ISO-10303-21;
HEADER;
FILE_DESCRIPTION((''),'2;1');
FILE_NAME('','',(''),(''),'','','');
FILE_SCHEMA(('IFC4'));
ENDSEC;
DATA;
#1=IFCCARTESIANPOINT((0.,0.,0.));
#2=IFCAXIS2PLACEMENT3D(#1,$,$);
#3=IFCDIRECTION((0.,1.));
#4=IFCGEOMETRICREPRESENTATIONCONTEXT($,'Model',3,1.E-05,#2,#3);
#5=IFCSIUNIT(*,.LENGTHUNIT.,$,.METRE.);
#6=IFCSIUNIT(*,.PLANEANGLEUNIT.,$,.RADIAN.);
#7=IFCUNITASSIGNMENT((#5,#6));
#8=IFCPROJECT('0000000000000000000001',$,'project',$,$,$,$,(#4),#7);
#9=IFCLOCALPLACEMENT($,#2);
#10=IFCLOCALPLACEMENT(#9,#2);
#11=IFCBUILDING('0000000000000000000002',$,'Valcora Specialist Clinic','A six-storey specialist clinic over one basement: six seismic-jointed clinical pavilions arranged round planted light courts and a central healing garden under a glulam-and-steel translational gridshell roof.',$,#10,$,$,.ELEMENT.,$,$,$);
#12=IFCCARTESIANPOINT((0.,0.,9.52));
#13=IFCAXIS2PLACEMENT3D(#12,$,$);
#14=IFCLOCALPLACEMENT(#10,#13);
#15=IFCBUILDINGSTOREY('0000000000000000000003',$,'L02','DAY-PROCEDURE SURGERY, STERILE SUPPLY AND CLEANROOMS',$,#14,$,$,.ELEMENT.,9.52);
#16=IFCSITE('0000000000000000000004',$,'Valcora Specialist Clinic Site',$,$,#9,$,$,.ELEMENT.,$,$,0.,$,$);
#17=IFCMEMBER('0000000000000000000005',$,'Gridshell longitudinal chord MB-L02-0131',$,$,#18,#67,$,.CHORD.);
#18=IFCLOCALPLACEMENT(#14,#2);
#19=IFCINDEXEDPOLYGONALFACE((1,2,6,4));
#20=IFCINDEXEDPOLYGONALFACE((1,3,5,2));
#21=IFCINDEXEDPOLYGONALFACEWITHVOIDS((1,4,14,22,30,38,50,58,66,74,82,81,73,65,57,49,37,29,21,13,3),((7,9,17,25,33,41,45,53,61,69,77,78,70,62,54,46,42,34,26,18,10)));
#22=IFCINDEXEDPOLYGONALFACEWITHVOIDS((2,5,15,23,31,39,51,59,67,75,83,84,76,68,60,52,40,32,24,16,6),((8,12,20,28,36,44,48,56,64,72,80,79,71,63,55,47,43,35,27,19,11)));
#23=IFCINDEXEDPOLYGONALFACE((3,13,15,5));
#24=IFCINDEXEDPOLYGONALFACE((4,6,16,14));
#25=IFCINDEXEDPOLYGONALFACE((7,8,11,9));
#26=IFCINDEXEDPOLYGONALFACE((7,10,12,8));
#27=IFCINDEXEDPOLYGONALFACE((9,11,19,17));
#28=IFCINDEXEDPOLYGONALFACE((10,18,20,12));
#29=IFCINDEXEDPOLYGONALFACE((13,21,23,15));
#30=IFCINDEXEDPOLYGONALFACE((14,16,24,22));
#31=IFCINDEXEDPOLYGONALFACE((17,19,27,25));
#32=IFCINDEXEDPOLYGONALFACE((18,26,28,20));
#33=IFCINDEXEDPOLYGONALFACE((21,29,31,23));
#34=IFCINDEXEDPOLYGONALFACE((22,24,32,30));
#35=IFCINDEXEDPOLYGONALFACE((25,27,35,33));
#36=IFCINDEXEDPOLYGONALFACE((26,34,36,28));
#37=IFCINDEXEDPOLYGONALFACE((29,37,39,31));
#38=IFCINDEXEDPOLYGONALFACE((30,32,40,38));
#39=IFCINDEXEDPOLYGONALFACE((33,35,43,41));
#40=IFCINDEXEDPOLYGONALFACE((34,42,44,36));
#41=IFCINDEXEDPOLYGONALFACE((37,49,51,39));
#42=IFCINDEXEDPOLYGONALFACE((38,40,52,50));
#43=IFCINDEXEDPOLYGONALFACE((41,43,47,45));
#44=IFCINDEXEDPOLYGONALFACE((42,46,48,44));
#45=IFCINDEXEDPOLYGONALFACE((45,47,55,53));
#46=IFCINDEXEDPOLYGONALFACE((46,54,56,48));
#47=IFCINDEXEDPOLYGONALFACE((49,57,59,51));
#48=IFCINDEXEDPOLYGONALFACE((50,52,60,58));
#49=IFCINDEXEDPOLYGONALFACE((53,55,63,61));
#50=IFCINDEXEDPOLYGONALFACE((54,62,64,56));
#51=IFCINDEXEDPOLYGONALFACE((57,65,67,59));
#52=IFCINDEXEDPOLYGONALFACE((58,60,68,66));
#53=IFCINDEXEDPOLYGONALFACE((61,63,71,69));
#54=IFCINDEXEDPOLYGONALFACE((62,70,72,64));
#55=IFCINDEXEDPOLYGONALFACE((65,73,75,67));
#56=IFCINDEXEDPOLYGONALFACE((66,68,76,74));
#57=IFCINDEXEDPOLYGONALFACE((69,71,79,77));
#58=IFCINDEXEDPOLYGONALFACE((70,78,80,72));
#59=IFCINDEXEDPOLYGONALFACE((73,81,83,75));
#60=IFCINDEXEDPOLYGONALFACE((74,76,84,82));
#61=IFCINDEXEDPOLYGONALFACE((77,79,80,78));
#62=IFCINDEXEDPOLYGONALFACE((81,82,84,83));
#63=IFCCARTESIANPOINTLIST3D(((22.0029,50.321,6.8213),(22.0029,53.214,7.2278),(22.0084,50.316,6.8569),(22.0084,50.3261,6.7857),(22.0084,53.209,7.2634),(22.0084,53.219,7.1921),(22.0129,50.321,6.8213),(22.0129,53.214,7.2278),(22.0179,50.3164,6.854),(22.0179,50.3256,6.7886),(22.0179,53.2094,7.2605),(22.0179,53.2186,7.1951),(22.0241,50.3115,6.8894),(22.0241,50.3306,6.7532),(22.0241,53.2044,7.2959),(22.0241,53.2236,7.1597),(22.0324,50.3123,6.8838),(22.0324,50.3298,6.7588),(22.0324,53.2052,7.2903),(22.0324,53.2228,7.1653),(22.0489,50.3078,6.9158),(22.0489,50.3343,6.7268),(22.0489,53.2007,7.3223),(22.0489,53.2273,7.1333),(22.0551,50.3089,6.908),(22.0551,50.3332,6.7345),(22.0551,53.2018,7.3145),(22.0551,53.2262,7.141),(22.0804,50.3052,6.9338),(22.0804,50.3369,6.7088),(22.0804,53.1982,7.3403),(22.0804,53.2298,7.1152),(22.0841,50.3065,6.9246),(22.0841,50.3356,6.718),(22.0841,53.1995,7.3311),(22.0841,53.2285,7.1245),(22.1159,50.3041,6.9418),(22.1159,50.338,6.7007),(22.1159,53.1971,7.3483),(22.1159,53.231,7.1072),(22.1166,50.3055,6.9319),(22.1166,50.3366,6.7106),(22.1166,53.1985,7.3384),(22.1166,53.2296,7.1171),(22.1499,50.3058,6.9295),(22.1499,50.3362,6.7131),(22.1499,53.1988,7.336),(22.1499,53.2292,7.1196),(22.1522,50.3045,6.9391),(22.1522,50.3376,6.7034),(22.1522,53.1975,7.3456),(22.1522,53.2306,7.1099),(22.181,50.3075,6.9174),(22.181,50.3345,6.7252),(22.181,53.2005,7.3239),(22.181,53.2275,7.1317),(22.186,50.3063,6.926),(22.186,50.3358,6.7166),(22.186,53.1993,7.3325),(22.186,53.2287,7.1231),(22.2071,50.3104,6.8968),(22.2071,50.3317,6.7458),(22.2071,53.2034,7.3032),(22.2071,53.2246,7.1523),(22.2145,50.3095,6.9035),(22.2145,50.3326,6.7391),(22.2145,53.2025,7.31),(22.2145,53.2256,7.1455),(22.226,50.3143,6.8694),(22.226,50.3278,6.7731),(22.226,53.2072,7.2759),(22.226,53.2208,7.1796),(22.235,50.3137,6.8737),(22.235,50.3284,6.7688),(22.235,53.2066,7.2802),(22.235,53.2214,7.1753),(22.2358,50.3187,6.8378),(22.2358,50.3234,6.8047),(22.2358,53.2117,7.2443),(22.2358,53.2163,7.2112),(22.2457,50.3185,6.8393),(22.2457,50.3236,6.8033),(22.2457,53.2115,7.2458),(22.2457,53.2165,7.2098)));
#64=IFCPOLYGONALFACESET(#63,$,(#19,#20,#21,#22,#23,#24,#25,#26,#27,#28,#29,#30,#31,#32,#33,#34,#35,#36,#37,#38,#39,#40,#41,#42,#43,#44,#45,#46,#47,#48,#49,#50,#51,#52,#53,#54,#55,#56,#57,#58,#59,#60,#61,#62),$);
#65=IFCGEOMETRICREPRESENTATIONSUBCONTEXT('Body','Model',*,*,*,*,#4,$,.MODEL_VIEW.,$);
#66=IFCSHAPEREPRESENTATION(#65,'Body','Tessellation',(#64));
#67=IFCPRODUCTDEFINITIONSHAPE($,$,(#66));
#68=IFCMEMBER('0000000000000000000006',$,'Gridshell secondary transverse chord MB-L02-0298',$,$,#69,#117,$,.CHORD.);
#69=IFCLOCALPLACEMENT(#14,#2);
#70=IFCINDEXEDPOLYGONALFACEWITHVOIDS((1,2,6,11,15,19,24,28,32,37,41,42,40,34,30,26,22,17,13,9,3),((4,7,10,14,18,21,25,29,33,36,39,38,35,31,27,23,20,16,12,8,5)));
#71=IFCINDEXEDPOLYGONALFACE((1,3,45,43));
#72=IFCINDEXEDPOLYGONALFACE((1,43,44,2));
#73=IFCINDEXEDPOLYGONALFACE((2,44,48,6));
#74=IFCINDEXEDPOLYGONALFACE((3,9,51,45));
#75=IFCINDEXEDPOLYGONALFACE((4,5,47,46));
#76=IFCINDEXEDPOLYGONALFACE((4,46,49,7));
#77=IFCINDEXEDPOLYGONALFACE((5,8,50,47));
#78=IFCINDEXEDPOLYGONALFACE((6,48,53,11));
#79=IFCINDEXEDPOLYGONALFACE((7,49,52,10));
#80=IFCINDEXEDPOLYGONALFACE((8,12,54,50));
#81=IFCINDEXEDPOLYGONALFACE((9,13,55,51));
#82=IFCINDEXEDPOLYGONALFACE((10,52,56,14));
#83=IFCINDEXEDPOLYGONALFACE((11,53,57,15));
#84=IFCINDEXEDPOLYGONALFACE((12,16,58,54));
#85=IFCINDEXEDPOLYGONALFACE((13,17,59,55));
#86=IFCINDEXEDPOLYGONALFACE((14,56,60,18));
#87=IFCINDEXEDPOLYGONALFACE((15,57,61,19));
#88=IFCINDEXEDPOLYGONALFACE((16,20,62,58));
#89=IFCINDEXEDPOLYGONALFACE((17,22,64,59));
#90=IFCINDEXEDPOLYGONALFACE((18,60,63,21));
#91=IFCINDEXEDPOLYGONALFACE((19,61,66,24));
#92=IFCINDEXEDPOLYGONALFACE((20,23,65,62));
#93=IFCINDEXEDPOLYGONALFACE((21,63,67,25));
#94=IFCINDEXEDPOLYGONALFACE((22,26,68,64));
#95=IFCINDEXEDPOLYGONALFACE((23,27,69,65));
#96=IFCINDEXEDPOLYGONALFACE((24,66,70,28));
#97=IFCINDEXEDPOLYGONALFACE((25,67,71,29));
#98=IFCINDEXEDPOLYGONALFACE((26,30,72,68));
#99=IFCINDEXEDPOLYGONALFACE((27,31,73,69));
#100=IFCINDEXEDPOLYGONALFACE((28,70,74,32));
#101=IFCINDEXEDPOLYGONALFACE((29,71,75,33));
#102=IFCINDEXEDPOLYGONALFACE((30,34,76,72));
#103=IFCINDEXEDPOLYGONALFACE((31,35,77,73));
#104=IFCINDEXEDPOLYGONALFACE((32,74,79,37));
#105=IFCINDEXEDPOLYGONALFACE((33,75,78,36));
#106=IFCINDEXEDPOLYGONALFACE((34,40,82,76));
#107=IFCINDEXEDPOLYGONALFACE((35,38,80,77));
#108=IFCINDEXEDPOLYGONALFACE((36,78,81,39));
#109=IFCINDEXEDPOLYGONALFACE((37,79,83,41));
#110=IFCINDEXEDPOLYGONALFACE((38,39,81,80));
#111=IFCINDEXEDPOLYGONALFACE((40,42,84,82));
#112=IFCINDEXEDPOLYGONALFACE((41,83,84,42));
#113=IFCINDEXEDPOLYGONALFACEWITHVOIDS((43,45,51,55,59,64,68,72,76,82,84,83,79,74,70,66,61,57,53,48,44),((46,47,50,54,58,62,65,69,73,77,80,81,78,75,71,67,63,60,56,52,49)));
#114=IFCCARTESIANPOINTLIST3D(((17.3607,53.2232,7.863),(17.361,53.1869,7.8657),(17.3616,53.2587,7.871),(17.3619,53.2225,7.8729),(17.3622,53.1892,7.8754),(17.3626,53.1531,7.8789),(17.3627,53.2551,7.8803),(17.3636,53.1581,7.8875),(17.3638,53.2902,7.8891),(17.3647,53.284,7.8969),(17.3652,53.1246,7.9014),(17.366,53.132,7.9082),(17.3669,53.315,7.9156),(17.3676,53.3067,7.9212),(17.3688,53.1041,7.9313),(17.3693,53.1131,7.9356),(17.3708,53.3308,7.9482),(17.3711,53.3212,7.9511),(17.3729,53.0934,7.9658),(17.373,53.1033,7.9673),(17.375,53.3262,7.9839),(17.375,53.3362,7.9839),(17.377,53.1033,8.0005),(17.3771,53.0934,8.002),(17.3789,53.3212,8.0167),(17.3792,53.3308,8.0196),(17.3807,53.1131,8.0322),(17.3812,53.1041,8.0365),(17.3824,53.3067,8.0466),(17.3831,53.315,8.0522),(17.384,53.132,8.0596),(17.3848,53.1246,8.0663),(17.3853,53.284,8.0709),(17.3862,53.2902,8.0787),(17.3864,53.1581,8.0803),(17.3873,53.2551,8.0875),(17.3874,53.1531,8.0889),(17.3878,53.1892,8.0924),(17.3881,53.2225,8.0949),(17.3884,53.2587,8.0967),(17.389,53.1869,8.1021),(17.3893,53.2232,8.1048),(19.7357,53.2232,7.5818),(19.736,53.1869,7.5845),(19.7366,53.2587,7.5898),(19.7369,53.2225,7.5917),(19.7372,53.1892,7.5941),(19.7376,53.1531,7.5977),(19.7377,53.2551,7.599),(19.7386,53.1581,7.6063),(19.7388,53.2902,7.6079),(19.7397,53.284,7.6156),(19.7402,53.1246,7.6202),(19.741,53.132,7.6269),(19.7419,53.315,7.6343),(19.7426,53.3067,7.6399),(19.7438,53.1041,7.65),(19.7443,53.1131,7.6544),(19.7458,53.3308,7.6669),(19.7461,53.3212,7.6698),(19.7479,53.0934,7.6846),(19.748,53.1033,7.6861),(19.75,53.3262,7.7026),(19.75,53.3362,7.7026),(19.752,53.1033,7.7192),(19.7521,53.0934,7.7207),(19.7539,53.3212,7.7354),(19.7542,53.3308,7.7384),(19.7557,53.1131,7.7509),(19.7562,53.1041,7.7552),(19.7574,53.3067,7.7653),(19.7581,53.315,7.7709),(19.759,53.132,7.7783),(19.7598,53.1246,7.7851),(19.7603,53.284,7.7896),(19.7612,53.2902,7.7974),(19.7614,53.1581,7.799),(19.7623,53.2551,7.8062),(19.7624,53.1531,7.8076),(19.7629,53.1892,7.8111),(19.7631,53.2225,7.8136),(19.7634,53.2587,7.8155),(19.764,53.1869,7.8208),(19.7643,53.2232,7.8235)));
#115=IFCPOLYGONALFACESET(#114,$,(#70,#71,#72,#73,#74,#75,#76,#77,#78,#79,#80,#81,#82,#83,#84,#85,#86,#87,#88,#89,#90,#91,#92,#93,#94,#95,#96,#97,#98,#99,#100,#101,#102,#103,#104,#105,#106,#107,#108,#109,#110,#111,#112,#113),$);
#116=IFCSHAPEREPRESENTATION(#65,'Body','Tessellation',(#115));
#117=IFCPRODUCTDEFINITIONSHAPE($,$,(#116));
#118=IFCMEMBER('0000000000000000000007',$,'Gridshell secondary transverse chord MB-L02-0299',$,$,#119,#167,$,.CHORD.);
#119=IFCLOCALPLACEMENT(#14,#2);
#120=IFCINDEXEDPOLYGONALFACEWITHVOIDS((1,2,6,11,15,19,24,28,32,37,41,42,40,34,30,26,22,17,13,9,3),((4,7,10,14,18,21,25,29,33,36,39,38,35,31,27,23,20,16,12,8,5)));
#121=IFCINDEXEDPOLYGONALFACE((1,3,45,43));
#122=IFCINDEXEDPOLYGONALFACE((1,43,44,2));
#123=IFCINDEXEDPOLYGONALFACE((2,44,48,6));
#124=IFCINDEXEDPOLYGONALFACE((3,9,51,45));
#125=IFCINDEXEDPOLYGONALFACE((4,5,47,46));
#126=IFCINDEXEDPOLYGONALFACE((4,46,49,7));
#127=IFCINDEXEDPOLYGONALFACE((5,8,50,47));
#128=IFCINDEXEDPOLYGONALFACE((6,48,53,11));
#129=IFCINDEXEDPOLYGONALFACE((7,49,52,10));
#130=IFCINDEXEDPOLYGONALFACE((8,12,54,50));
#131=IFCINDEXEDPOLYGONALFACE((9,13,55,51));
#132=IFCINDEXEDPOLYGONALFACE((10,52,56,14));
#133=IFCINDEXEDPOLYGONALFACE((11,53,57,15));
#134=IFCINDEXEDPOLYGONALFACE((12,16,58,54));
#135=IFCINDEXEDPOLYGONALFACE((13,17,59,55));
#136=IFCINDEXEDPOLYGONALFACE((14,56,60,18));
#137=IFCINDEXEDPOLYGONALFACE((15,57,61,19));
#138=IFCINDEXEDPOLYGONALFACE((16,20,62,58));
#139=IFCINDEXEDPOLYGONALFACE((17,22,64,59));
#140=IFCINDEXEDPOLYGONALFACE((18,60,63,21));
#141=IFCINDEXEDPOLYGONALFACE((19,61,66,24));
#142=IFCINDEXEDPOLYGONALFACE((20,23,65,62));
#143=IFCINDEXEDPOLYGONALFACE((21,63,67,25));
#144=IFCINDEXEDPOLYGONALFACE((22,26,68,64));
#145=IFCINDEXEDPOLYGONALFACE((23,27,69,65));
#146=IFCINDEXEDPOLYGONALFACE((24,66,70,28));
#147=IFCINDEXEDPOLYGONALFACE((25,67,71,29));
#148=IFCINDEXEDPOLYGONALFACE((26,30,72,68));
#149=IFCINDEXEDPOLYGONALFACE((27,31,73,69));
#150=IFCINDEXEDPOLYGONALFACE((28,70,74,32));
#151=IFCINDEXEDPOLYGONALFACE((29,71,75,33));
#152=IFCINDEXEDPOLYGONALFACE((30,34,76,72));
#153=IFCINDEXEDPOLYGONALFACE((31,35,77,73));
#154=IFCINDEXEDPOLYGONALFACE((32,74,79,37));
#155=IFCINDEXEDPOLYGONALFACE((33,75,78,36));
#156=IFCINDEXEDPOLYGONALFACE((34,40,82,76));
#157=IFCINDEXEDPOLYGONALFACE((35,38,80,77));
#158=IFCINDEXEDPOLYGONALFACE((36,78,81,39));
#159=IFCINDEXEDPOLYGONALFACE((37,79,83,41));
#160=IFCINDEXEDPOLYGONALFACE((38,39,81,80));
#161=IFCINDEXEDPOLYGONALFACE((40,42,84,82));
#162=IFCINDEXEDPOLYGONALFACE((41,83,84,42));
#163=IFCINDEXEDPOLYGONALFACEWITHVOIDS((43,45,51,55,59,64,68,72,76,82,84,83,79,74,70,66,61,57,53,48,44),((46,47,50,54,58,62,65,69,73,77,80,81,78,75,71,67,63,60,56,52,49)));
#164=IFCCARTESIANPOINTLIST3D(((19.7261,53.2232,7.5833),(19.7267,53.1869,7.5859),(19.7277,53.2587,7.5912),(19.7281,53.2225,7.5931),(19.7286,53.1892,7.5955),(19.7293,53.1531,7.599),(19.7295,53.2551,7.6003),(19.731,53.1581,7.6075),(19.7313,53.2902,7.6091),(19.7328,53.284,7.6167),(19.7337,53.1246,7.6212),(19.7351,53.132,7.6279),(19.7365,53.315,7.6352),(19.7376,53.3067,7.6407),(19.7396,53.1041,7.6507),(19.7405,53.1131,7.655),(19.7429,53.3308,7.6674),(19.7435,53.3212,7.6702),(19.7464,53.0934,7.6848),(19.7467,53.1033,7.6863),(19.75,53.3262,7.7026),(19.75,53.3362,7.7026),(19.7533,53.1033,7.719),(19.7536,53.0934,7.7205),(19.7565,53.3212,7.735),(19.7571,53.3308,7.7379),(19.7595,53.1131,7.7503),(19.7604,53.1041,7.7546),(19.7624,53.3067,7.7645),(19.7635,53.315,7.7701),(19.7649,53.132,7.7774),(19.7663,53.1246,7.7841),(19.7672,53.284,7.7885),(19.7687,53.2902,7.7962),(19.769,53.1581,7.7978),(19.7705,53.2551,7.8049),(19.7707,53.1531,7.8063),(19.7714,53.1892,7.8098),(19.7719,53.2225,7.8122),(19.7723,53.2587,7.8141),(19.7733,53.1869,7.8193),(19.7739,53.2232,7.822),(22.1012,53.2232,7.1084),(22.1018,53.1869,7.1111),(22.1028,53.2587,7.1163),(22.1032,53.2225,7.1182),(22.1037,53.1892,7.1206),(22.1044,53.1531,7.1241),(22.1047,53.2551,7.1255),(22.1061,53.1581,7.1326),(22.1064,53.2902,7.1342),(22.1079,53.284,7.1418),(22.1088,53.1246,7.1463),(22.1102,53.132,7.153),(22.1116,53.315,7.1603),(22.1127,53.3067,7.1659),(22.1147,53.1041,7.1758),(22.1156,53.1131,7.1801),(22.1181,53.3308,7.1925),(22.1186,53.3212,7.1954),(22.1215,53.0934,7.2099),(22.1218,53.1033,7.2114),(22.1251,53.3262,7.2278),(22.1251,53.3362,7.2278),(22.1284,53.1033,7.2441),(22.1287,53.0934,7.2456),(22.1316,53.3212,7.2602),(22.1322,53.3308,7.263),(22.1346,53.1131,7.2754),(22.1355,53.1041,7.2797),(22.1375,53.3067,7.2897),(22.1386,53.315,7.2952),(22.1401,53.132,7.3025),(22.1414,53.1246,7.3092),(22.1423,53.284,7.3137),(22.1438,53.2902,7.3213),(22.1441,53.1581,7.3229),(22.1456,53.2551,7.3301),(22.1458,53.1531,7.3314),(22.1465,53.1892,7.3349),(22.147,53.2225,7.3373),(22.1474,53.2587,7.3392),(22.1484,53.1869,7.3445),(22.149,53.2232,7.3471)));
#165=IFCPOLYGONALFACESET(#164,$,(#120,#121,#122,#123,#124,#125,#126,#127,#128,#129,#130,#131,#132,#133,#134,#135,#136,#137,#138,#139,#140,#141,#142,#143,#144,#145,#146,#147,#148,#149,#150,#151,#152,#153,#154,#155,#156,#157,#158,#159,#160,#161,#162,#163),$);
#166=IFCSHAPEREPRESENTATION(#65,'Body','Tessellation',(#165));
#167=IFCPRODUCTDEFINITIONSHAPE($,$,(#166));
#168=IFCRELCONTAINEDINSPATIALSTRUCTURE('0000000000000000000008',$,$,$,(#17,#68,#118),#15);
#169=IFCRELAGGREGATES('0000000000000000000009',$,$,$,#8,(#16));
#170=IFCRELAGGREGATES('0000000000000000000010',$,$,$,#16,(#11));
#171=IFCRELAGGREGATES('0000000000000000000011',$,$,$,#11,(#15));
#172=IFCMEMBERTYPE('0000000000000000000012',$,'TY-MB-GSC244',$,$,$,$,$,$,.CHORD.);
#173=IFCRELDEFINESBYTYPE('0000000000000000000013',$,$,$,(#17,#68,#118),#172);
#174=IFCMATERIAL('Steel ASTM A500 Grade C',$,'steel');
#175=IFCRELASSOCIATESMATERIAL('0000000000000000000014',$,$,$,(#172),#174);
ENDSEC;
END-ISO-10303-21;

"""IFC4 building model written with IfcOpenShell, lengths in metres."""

from ifc_helpers import new_model, si_unit, direction, frame, origin, origin_2d, place, context, subcontext, project, spatial, hollow_circle, extrude, material, material_profile, profile_set, type_object, element, save


model = new_model("IFC4")

# Units and contexts
model_context = context("Model", 3, precision=1e-05, world=origin(), true_north=direction((0.0, 1.0)))
body_context = subcontext(model_context, "Body", "Model", "MODEL_VIEW")
ifc_project = project(units=[si_unit("LENGTHUNIT", "METRE"), si_unit("PLANEANGLEUNIT", "RADIAN")], contexts=[model_context])

# Site, building, storey
site_placement = place(None, origin())
site = spatial("IfcSite", under=ifc_project, at=site_placement, Name="Valcora Specialist Clinic Site", CompositionType="ELEMENT", RefElevation=0.0)
building_placement = place(site_placement, origin())
building = spatial("IfcBuilding", under=site, at=building_placement, Name="Valcora Specialist Clinic", Description="A six-storey specialist clinic over one basement: six seismic-jointed clinical pavilions arranged round planted light courts and a central healing garden under a glulam-and-steel translational gridshell roof.", CompositionType="ELEMENT")
storey_placement = place(building_placement, frame((0.0, 0.0, 9.52)))
storey = spatial("IfcBuildingStorey", under=building, at=storey_placement, Name="L02", Description="DAY-PROCEDURE SURGERY, STERILE SUPPLY AND CLEANROOMS", CompositionType="ELEMENT", Elevation=9.52)

# Members
ifc_material_1 = material(Name="Steel ASTM A500 Grade C", Category="steel")
ifc_material_profile_1 = material_profile(ifc_material_1, hollow_circle(Radius=0.1221, WallThickness=0.01, at=origin_2d()), Name="ST-CHS-244X10")
ifc_profile_set_1 = profile_set([ifc_material_profile_1], Name="Steel ASTM A500 Grade C")
member_type_1 = type_object("IfcMemberType", Name="TY-MB-GSC244", PredefinedType="CHORD", material=ifc_profile_set_1)
member_1_placement = place(storey_placement, frame((22.125, 50.321, 6.8213), z_axis=(0.0, 0.990273, 0.13914), x_axis=(-1.0, 0.0, 0.0)))
element("IfcMember", 1, at=member_1_placement, inside=storey, type_object=member_type_1, Name="Gridshell longitudinal chord MB-L02-0131", PredefinedType="CHORD", context=body_context, shape_type="SweptSolid", body=[
    extrude(hollow_circle(Radius=0.1221, WallThickness=0.01, at=origin_2d()), origin(), (0.0, 0.0, 1.0), 2.9214),
])
member_2_placement = place(storey_placement, frame((17.375, 53.2141, 7.9839), z_axis=(0.993061, 0.0, -0.117599), x_axis=(0.0, 1.0, 0.0)))
element("IfcMember", 2, at=member_2_placement, inside=storey, type_object=member_type_1, Name="Gridshell secondary transverse chord MB-L02-0298", PredefinedType="CHORD", context=body_context, shape_type="SweptSolid", body=[
    extrude(hollow_circle(Radius=0.1221, WallThickness=0.01, at=origin_2d()), origin(), (0.0, 0.0, 1.0), 2.3916),
])
member_3_placement = place(storey_placement, frame((19.75, 53.2141, 7.7026), z_axis=(0.980592, 0.0, -0.196058), x_axis=(0.0, 1.0, 0.0)))
element("IfcMember", 3, at=member_3_placement, inside=storey, type_object=member_type_1, Name="Gridshell secondary transverse chord MB-L02-0299", PredefinedType="CHORD", context=body_context, shape_type="SweptSolid", body=[
    extrude(hollow_circle(Radius=0.1221, WallThickness=0.01, at=origin_2d()), origin(), (0.0, 0.0, 1.0), 2.4221),
])

save(model, "model.ifc")
